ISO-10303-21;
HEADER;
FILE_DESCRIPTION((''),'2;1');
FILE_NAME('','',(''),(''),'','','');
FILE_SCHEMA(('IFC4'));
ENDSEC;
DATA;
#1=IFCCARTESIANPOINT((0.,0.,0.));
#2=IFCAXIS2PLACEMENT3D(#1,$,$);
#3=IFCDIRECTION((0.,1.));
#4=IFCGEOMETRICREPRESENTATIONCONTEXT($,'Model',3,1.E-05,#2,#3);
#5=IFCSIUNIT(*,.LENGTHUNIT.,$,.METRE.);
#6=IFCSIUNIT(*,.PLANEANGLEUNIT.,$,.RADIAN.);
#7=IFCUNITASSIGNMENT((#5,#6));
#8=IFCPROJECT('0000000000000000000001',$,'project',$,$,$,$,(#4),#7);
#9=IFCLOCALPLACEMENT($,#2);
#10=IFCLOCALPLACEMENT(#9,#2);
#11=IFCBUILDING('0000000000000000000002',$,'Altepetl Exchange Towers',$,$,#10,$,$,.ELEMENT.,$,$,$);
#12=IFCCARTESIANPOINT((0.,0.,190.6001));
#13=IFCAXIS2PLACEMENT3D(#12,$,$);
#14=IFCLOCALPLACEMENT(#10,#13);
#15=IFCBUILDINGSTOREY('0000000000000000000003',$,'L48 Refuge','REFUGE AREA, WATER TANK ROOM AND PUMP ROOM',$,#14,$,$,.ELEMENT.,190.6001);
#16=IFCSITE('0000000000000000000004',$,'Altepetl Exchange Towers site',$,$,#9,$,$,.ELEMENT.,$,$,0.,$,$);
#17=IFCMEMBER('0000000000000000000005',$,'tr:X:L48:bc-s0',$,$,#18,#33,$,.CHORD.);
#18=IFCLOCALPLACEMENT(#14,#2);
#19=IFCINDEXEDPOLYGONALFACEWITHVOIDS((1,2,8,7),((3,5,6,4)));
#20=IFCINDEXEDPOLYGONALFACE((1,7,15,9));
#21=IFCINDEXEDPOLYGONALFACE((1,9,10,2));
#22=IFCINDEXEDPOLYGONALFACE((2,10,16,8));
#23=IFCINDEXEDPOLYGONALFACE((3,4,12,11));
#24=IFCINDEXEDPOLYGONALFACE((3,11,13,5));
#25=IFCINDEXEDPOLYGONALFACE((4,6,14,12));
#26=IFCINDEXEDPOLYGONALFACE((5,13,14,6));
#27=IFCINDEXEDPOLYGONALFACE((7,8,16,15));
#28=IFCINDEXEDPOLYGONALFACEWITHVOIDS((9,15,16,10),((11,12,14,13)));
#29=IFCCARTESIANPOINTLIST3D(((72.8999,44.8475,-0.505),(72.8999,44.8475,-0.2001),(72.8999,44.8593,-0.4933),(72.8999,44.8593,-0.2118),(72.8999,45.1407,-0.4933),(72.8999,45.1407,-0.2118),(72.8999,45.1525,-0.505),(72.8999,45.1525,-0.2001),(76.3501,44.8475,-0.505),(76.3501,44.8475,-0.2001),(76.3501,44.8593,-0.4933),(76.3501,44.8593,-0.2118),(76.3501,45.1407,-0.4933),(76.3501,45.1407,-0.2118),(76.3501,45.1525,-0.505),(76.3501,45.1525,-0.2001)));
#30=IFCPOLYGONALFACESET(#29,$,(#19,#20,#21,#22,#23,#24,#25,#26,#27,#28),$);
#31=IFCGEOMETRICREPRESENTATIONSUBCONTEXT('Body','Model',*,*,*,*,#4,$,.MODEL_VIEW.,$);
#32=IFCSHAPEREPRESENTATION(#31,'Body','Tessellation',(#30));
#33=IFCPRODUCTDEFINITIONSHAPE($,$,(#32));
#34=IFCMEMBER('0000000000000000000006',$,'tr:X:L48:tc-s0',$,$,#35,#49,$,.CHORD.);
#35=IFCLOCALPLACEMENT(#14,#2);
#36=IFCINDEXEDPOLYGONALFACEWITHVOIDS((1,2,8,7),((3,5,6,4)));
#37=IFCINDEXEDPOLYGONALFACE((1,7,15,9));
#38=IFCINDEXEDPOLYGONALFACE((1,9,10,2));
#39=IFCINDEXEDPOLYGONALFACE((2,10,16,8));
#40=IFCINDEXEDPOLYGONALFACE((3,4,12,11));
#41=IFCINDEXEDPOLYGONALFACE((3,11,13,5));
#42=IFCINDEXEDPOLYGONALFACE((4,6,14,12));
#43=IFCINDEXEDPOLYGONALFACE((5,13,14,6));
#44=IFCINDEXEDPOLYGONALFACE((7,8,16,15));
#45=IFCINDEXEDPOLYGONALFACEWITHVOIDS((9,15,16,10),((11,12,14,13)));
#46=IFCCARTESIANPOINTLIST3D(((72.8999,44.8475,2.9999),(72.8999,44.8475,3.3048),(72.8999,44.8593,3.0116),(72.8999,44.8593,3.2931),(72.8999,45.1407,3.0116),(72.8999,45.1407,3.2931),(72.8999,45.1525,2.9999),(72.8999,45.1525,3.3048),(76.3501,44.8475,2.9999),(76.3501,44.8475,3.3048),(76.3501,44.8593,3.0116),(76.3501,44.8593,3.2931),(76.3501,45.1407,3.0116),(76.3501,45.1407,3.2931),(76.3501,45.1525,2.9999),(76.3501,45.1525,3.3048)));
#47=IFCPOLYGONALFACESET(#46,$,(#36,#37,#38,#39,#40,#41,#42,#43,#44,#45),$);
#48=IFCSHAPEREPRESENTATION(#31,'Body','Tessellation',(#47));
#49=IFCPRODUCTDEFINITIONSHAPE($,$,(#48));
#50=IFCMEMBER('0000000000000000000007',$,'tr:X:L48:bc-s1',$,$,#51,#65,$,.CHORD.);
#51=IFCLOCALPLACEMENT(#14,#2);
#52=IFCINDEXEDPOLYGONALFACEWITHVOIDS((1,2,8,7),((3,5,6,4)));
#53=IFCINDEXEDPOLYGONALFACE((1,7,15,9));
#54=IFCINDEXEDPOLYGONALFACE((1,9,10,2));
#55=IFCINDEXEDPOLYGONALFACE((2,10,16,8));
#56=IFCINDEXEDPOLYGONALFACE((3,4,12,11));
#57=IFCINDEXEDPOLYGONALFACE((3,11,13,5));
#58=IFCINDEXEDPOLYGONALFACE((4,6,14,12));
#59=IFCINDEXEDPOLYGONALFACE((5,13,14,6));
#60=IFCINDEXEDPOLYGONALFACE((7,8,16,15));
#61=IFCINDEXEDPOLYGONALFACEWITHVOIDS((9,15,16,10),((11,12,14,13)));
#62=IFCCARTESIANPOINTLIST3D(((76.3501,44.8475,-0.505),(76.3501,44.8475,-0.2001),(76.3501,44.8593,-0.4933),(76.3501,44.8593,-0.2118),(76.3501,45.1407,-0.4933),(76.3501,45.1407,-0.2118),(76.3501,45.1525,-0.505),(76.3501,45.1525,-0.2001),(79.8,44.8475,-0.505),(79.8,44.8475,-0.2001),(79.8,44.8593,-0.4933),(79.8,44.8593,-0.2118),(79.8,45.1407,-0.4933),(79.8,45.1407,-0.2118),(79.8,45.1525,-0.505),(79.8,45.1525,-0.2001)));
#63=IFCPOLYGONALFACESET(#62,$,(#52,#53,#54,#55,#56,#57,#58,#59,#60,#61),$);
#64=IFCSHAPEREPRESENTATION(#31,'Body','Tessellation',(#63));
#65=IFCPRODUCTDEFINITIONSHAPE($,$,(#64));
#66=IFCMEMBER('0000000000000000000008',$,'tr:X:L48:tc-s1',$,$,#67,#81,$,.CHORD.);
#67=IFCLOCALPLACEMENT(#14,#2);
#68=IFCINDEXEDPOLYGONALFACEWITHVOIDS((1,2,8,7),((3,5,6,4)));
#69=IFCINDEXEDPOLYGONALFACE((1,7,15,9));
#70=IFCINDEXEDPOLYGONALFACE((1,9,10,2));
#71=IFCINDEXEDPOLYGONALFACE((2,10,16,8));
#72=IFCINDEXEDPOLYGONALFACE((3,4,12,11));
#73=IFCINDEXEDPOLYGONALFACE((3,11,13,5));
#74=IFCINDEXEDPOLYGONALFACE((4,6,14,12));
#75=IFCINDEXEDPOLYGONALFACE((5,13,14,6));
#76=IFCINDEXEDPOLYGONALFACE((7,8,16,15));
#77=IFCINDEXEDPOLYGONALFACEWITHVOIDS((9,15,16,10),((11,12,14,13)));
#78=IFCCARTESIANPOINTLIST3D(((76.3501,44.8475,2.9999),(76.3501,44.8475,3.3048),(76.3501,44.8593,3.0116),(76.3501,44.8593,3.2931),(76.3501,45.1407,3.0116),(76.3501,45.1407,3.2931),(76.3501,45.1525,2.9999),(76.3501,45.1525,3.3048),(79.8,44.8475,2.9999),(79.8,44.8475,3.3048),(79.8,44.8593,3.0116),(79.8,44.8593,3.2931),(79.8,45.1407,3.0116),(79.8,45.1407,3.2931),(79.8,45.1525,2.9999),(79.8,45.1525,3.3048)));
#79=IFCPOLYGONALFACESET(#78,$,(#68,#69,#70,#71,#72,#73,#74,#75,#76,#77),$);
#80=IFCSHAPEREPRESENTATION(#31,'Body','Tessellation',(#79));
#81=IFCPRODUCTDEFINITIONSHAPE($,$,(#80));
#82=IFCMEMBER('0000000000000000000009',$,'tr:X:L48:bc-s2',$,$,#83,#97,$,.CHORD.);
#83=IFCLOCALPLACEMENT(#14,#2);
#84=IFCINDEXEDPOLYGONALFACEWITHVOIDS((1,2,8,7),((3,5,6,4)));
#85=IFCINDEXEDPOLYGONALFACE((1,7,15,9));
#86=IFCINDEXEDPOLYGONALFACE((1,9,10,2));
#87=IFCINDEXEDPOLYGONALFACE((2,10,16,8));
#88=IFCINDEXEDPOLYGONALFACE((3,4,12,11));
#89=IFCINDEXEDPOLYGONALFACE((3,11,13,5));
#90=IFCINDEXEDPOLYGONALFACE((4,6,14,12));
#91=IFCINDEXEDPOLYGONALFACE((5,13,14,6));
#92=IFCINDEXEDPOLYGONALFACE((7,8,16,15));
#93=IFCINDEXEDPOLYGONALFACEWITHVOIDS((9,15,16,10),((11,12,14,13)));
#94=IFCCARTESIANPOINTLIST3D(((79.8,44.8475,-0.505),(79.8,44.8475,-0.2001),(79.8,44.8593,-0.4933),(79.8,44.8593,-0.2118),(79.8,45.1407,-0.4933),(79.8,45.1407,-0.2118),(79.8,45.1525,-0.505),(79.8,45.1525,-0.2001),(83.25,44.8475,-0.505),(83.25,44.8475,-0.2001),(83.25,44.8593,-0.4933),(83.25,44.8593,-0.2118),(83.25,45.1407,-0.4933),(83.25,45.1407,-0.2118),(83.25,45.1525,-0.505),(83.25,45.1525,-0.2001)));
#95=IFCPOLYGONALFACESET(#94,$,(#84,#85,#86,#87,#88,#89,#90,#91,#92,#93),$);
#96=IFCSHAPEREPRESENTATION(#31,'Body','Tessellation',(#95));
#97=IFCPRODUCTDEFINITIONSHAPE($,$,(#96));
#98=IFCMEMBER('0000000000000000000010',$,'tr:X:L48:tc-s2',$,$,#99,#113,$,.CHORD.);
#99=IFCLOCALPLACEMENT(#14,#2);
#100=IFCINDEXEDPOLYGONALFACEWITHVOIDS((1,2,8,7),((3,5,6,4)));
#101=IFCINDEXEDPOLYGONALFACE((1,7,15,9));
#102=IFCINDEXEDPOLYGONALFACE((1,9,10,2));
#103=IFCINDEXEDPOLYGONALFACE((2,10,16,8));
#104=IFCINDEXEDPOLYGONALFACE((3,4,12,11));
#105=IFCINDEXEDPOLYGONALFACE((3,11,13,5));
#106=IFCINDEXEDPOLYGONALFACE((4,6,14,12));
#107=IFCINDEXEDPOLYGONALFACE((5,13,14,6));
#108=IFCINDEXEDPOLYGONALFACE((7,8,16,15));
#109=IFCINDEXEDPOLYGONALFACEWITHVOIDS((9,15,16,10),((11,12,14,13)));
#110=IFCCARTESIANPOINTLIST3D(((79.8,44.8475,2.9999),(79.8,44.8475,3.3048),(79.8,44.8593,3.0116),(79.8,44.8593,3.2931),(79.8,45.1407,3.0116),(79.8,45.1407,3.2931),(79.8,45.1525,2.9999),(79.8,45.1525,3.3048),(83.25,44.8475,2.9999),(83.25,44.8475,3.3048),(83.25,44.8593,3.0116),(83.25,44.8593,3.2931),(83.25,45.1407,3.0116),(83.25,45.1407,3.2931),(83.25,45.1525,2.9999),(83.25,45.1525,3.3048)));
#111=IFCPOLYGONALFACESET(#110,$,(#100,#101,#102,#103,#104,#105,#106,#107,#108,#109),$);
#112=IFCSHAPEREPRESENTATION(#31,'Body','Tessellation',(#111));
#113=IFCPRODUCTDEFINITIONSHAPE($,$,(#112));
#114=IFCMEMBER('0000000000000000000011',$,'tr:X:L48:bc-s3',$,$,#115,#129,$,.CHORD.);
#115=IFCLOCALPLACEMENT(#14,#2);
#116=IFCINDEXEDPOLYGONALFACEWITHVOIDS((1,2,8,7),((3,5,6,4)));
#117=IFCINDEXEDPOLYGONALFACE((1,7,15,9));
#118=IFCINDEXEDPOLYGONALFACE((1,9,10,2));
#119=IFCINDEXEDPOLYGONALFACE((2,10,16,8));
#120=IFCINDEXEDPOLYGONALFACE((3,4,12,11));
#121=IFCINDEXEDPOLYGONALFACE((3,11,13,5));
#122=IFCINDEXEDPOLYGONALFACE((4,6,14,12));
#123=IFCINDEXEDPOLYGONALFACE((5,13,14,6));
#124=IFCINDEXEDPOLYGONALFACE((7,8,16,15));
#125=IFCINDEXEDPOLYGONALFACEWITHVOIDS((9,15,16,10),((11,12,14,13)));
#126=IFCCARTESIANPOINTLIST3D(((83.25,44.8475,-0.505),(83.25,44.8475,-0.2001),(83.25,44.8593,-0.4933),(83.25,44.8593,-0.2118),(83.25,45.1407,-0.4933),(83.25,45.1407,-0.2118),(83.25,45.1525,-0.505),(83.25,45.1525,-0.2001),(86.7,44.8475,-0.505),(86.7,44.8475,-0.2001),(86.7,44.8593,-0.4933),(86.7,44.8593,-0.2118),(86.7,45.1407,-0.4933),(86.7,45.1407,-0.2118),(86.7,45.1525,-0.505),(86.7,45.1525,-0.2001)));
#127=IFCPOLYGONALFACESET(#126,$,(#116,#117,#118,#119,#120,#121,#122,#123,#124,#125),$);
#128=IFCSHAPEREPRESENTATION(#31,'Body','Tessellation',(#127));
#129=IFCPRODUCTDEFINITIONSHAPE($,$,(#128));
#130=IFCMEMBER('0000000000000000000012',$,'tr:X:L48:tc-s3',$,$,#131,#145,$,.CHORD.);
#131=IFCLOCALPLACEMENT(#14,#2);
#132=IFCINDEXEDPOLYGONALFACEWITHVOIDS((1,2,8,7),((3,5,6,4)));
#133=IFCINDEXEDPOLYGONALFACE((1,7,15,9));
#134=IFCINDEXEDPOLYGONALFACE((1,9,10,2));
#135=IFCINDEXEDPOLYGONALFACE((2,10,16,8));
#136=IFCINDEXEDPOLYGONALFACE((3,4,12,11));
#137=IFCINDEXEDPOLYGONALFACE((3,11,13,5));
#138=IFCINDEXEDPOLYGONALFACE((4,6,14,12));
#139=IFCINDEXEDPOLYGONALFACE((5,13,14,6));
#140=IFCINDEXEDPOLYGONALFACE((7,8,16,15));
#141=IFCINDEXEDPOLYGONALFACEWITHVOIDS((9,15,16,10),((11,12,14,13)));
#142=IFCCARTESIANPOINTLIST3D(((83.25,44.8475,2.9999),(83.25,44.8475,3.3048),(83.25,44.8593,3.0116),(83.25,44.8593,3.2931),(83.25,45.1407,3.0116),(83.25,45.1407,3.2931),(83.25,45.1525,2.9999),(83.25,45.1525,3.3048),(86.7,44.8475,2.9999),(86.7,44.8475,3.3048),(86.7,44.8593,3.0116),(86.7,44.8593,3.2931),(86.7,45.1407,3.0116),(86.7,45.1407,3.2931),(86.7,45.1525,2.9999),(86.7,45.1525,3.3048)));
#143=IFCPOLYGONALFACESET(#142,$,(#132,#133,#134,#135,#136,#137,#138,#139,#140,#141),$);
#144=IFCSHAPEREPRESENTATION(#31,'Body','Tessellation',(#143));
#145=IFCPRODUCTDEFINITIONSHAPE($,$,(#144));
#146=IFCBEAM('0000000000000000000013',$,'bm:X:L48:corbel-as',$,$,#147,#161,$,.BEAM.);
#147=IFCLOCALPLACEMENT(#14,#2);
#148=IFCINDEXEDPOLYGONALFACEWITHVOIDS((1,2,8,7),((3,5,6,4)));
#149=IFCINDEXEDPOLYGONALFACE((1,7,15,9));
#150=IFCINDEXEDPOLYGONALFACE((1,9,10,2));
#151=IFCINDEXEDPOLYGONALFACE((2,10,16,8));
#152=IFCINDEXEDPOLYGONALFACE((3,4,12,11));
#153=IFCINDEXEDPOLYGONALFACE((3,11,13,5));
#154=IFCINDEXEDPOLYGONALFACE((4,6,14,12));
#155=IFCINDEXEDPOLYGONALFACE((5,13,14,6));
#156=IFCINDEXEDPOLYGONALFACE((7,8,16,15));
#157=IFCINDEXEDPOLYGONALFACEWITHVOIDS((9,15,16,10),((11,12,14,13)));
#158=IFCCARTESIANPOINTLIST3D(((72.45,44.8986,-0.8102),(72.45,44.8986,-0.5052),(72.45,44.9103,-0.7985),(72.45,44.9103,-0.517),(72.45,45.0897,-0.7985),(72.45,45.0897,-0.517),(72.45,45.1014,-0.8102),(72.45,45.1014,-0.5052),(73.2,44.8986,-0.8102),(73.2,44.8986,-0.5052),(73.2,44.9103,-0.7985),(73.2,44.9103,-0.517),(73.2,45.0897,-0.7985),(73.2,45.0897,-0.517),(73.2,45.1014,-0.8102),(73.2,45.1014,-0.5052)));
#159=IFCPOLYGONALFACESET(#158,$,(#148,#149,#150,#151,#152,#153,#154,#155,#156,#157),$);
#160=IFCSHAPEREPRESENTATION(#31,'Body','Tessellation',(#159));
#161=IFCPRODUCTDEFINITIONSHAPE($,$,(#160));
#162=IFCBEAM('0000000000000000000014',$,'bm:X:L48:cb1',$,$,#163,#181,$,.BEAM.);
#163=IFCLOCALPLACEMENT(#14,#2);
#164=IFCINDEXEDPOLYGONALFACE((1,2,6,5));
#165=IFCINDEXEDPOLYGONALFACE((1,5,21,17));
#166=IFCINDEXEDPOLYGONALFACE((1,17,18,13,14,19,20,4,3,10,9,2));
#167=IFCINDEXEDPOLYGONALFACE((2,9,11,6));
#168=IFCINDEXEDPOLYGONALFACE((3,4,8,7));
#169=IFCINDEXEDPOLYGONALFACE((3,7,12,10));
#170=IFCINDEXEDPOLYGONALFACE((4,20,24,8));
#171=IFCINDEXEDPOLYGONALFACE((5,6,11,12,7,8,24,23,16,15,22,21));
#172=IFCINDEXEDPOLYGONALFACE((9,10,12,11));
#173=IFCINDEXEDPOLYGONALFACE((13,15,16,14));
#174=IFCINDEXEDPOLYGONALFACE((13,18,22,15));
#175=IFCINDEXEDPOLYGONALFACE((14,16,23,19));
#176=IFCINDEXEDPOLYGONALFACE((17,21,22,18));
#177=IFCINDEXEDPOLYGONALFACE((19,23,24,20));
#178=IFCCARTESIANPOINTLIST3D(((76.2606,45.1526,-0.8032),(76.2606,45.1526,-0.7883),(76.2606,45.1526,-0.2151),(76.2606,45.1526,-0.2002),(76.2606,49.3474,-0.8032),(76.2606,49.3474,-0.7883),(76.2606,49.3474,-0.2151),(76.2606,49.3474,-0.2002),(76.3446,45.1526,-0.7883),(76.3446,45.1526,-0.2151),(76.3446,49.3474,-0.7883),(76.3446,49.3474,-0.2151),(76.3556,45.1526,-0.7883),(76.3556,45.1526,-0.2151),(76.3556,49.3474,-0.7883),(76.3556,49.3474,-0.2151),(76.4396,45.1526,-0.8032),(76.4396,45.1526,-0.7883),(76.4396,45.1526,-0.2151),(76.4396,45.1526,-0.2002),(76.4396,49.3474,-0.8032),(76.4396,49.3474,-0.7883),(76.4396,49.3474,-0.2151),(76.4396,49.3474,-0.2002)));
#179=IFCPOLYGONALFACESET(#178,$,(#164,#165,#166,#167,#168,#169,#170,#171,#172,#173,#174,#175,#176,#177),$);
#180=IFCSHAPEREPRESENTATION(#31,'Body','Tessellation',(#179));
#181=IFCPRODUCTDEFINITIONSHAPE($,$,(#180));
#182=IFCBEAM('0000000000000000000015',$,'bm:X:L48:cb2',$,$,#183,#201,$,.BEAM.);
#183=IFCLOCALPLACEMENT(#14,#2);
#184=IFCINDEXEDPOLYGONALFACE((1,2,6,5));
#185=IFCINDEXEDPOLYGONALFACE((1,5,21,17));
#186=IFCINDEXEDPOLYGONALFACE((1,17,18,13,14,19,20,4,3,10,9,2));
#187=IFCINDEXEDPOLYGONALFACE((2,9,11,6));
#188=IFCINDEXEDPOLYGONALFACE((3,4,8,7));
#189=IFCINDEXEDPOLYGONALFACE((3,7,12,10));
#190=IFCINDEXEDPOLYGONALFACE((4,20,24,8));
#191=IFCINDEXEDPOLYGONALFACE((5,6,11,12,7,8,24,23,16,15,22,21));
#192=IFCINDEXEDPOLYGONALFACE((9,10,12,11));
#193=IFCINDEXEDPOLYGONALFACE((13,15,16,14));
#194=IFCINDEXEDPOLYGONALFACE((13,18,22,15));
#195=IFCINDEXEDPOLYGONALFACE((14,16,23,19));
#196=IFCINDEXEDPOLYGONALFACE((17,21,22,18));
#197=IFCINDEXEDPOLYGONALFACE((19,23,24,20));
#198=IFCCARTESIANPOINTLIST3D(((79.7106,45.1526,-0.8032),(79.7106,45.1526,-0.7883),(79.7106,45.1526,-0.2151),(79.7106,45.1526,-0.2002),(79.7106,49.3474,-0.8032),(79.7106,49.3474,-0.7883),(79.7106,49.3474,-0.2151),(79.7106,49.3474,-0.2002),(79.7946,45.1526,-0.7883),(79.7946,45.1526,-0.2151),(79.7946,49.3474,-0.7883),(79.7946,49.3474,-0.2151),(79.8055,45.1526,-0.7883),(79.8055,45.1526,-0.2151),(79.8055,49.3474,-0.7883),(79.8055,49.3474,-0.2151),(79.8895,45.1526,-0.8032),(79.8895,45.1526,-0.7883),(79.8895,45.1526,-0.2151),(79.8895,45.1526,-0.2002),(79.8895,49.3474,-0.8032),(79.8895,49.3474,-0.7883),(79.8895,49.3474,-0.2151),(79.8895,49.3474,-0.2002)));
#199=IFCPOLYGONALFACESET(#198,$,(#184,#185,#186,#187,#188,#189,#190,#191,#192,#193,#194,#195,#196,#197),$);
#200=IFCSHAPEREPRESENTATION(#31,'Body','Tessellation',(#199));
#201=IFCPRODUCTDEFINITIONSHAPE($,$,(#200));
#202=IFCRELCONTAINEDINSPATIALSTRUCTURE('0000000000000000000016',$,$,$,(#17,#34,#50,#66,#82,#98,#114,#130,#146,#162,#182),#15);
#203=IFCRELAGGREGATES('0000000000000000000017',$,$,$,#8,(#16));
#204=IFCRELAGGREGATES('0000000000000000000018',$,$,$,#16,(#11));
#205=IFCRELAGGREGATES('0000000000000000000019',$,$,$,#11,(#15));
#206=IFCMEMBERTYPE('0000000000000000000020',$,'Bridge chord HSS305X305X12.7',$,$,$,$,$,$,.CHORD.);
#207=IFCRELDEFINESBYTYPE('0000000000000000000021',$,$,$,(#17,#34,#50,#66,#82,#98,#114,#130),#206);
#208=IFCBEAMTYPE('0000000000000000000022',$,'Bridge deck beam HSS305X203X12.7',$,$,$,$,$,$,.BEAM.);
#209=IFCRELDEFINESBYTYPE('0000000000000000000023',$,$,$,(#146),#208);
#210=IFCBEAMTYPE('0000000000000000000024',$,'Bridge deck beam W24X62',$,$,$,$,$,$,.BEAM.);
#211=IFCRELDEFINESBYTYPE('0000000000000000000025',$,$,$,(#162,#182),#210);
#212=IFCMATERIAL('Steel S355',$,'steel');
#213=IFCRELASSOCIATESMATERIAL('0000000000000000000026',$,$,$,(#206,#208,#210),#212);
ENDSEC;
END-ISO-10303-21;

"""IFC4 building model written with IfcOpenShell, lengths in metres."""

from ifc_helpers import new_model, si_unit, direction, frame, origin, origin_2d, place, context, subcontext, project, spatial, hollow_rectangle, i_section, extrude, material, material_profile, profile_set, type_object, element, save


model = new_model("IFC4")

# Units and contexts
model_context = context("Model", 3, precision=1e-05, world=origin(), true_north=direction((0.0, 1.0)))
body_context = subcontext(model_context, "Body", "Model", "MODEL_VIEW")
ifc_project = project(units=[si_unit("LENGTHUNIT", "METRE"), si_unit("PLANEANGLEUNIT", "RADIAN")], contexts=[model_context])

# Site, building, storey
site_placement = place(None, origin())
site = spatial("IfcSite", under=ifc_project, at=site_placement, Name="Altepetl Exchange Towers site", CompositionType="ELEMENT", RefElevation=0.0)
building_placement = place(site_placement, origin())
building = spatial("IfcBuilding", under=site, at=building_placement, Name="Altepetl Exchange Towers", CompositionType="ELEMENT")
storey_placement = place(building_placement, frame((0.0, 0.0, 190.6001)))
storey = spatial("IfcBuildingStorey", under=building, at=storey_placement, Name="L48 Refuge", Description="REFUGE AREA, WATER TANK ROOM AND PUMP ROOM", CompositionType="ELEMENT", Elevation=190.6001)

# Members
ifc_material = material(Name="Steel S355", Category="steel")
ifc_material_profile_1 = material_profile(ifc_material, hollow_rectangle(XDim=0.3049, YDim=0.3049, WallThickness=0.0117, at=origin_2d()), Name="HSS305X305X12.7")
ifc_profile_set_1 = profile_set([ifc_material_profile_1], Name="Steel S355")
member_type_1 = type_object("IfcMemberType", Name="Bridge chord HSS305X305X12.7", PredefinedType="CHORD", material=ifc_profile_set_1)
for number, where, z_axis, x_axis, name in (
    (1, (72.8999, 45.0, -0.3525), (1.0, 0.0, 0.0), (0.0, 1.0, 0.0), "tr:X:L48:bc-s0"),
    (2, (72.8999, 45.0, 3.1523), (1.0, 0.0, 0.0), (0.0, 1.0, 0.0), "tr:X:L48:tc-s0"),
):
    element("IfcMember", number, at=place(storey_placement, frame(where, z_axis=z_axis, x_axis=x_axis)), inside=storey, type_object=member_type_1, Name=name, PredefinedType="CHORD", context=body_context, shape_type="SweptSolid", body=[
        extrude(hollow_rectangle(XDim=0.3049, YDim=0.3049, WallThickness=0.0117, at=origin_2d()), origin(), (0.0, 0.0, 1.0), 3.4502),
    ])
for number, where, z_axis, x_axis, name in (
    (3, (76.3501, 45.0, -0.3525), (1.0, 0.0, 0.0), (0.0, 1.0, 0.0), "tr:X:L48:bc-s1"),
    (4, (76.3501, 45.0, 3.1523), (1.0, 0.0, 0.0), (0.0, 1.0, 0.0), "tr:X:L48:tc-s1"),
    (5, (79.8, 45.0, -0.3525), (1.0, 0.0, 0.0), (0.0, 1.0, 0.0), "tr:X:L48:bc-s2"),
    (6, (79.8, 45.0, 3.1523), (1.0, 0.0, 0.0), (0.0, 1.0, 0.0), "tr:X:L48:tc-s2"),
    (7, (83.25, 45.0, -0.3525), (1.0, 0.0, 0.0), (0.0, 1.0, 0.0), "tr:X:L48:bc-s3"),
    (8, (83.25, 45.0, 3.1523), (1.0, 0.0, 0.0), (0.0, 1.0, 0.0), "tr:X:L48:tc-s3"),
):
    element("IfcMember", number, at=place(storey_placement, frame(where, z_axis=z_axis, x_axis=x_axis)), inside=storey, type_object=member_type_1, Name=name, PredefinedType="CHORD", context=body_context, shape_type="SweptSolid", body=[
        extrude(hollow_rectangle(XDim=0.3049, YDim=0.3049, WallThickness=0.0117, at=origin_2d()), origin(), (0.0, 0.0, 1.0), 3.45),
    ])

# Beams
ifc_material_profile_2 = material_profile(ifc_material, hollow_rectangle(XDim=0.2029, YDim=0.3049, WallThickness=0.0117, at=origin_2d()), Name="HSS305X203X12.7")
ifc_profile_set_2 = profile_set([ifc_material_profile_2], Name="Steel S355")
beam_type_1 = type_object("IfcBeamType", Name="Bridge deck beam HSS305X203X12.7", PredefinedType="BEAM", material=ifc_profile_set_2)
beam_1_placement = place(storey_placement, frame((72.45, 45.0, -0.6577), z_axis=(1.0, 0.0, 0.0), x_axis=(0.0, 1.0, 0.0)))
element("IfcBeam", 9, at=beam_1_placement, inside=storey, type_object=beam_type_1, Name="bm:X:L48:corbel-as", PredefinedType="BEAM", context=body_context, shape_type="SweptSolid", body=[
    extrude(hollow_rectangle(XDim=0.2029, YDim=0.3049, WallThickness=0.0117, at=origin_2d()), origin(), (0.0, 0.0, 1.0), 0.75),
])
ifc_material_profile_3 = material_profile(ifc_material, i_section(OverallWidth=0.179, OverallDepth=0.603, WebThickness=0.011, FlangeThickness=0.0149, at=origin_2d()), Name="W24X62")
ifc_profile_set_3 = profile_set([ifc_material_profile_3], Name="Steel S355")
beam_type_2 = type_object("IfcBeamType", Name="Bridge deck beam W24X62", PredefinedType="BEAM", material=ifc_profile_set_3)
for number, where, z_axis, x_axis, name in (
    (10, (76.3501, 45.1526, -0.5017), (0.0, 1.0, 0.0), (-1.0, 0.0, 0.0), "bm:X:L48:cb1"),
    (11, (79.8, 45.1526, -0.5017), (0.0, 1.0, 0.0), (-1.0, 0.0, 0.0), "bm:X:L48:cb2"),
):
    element("IfcBeam", number, at=place(storey_placement, frame(where, z_axis=z_axis, x_axis=x_axis)), inside=storey, type_object=beam_type_2, Name=name, PredefinedType="BEAM", context=body_context, shape_type="SweptSolid", body=[
        extrude(i_section(OverallWidth=0.179, OverallDepth=0.603, WebThickness=0.011, FlangeThickness=0.0149, at=origin_2d()), origin(), (0.0, 0.0, 1.0), 4.1948),
    ])

save(model, "model.ifc")
